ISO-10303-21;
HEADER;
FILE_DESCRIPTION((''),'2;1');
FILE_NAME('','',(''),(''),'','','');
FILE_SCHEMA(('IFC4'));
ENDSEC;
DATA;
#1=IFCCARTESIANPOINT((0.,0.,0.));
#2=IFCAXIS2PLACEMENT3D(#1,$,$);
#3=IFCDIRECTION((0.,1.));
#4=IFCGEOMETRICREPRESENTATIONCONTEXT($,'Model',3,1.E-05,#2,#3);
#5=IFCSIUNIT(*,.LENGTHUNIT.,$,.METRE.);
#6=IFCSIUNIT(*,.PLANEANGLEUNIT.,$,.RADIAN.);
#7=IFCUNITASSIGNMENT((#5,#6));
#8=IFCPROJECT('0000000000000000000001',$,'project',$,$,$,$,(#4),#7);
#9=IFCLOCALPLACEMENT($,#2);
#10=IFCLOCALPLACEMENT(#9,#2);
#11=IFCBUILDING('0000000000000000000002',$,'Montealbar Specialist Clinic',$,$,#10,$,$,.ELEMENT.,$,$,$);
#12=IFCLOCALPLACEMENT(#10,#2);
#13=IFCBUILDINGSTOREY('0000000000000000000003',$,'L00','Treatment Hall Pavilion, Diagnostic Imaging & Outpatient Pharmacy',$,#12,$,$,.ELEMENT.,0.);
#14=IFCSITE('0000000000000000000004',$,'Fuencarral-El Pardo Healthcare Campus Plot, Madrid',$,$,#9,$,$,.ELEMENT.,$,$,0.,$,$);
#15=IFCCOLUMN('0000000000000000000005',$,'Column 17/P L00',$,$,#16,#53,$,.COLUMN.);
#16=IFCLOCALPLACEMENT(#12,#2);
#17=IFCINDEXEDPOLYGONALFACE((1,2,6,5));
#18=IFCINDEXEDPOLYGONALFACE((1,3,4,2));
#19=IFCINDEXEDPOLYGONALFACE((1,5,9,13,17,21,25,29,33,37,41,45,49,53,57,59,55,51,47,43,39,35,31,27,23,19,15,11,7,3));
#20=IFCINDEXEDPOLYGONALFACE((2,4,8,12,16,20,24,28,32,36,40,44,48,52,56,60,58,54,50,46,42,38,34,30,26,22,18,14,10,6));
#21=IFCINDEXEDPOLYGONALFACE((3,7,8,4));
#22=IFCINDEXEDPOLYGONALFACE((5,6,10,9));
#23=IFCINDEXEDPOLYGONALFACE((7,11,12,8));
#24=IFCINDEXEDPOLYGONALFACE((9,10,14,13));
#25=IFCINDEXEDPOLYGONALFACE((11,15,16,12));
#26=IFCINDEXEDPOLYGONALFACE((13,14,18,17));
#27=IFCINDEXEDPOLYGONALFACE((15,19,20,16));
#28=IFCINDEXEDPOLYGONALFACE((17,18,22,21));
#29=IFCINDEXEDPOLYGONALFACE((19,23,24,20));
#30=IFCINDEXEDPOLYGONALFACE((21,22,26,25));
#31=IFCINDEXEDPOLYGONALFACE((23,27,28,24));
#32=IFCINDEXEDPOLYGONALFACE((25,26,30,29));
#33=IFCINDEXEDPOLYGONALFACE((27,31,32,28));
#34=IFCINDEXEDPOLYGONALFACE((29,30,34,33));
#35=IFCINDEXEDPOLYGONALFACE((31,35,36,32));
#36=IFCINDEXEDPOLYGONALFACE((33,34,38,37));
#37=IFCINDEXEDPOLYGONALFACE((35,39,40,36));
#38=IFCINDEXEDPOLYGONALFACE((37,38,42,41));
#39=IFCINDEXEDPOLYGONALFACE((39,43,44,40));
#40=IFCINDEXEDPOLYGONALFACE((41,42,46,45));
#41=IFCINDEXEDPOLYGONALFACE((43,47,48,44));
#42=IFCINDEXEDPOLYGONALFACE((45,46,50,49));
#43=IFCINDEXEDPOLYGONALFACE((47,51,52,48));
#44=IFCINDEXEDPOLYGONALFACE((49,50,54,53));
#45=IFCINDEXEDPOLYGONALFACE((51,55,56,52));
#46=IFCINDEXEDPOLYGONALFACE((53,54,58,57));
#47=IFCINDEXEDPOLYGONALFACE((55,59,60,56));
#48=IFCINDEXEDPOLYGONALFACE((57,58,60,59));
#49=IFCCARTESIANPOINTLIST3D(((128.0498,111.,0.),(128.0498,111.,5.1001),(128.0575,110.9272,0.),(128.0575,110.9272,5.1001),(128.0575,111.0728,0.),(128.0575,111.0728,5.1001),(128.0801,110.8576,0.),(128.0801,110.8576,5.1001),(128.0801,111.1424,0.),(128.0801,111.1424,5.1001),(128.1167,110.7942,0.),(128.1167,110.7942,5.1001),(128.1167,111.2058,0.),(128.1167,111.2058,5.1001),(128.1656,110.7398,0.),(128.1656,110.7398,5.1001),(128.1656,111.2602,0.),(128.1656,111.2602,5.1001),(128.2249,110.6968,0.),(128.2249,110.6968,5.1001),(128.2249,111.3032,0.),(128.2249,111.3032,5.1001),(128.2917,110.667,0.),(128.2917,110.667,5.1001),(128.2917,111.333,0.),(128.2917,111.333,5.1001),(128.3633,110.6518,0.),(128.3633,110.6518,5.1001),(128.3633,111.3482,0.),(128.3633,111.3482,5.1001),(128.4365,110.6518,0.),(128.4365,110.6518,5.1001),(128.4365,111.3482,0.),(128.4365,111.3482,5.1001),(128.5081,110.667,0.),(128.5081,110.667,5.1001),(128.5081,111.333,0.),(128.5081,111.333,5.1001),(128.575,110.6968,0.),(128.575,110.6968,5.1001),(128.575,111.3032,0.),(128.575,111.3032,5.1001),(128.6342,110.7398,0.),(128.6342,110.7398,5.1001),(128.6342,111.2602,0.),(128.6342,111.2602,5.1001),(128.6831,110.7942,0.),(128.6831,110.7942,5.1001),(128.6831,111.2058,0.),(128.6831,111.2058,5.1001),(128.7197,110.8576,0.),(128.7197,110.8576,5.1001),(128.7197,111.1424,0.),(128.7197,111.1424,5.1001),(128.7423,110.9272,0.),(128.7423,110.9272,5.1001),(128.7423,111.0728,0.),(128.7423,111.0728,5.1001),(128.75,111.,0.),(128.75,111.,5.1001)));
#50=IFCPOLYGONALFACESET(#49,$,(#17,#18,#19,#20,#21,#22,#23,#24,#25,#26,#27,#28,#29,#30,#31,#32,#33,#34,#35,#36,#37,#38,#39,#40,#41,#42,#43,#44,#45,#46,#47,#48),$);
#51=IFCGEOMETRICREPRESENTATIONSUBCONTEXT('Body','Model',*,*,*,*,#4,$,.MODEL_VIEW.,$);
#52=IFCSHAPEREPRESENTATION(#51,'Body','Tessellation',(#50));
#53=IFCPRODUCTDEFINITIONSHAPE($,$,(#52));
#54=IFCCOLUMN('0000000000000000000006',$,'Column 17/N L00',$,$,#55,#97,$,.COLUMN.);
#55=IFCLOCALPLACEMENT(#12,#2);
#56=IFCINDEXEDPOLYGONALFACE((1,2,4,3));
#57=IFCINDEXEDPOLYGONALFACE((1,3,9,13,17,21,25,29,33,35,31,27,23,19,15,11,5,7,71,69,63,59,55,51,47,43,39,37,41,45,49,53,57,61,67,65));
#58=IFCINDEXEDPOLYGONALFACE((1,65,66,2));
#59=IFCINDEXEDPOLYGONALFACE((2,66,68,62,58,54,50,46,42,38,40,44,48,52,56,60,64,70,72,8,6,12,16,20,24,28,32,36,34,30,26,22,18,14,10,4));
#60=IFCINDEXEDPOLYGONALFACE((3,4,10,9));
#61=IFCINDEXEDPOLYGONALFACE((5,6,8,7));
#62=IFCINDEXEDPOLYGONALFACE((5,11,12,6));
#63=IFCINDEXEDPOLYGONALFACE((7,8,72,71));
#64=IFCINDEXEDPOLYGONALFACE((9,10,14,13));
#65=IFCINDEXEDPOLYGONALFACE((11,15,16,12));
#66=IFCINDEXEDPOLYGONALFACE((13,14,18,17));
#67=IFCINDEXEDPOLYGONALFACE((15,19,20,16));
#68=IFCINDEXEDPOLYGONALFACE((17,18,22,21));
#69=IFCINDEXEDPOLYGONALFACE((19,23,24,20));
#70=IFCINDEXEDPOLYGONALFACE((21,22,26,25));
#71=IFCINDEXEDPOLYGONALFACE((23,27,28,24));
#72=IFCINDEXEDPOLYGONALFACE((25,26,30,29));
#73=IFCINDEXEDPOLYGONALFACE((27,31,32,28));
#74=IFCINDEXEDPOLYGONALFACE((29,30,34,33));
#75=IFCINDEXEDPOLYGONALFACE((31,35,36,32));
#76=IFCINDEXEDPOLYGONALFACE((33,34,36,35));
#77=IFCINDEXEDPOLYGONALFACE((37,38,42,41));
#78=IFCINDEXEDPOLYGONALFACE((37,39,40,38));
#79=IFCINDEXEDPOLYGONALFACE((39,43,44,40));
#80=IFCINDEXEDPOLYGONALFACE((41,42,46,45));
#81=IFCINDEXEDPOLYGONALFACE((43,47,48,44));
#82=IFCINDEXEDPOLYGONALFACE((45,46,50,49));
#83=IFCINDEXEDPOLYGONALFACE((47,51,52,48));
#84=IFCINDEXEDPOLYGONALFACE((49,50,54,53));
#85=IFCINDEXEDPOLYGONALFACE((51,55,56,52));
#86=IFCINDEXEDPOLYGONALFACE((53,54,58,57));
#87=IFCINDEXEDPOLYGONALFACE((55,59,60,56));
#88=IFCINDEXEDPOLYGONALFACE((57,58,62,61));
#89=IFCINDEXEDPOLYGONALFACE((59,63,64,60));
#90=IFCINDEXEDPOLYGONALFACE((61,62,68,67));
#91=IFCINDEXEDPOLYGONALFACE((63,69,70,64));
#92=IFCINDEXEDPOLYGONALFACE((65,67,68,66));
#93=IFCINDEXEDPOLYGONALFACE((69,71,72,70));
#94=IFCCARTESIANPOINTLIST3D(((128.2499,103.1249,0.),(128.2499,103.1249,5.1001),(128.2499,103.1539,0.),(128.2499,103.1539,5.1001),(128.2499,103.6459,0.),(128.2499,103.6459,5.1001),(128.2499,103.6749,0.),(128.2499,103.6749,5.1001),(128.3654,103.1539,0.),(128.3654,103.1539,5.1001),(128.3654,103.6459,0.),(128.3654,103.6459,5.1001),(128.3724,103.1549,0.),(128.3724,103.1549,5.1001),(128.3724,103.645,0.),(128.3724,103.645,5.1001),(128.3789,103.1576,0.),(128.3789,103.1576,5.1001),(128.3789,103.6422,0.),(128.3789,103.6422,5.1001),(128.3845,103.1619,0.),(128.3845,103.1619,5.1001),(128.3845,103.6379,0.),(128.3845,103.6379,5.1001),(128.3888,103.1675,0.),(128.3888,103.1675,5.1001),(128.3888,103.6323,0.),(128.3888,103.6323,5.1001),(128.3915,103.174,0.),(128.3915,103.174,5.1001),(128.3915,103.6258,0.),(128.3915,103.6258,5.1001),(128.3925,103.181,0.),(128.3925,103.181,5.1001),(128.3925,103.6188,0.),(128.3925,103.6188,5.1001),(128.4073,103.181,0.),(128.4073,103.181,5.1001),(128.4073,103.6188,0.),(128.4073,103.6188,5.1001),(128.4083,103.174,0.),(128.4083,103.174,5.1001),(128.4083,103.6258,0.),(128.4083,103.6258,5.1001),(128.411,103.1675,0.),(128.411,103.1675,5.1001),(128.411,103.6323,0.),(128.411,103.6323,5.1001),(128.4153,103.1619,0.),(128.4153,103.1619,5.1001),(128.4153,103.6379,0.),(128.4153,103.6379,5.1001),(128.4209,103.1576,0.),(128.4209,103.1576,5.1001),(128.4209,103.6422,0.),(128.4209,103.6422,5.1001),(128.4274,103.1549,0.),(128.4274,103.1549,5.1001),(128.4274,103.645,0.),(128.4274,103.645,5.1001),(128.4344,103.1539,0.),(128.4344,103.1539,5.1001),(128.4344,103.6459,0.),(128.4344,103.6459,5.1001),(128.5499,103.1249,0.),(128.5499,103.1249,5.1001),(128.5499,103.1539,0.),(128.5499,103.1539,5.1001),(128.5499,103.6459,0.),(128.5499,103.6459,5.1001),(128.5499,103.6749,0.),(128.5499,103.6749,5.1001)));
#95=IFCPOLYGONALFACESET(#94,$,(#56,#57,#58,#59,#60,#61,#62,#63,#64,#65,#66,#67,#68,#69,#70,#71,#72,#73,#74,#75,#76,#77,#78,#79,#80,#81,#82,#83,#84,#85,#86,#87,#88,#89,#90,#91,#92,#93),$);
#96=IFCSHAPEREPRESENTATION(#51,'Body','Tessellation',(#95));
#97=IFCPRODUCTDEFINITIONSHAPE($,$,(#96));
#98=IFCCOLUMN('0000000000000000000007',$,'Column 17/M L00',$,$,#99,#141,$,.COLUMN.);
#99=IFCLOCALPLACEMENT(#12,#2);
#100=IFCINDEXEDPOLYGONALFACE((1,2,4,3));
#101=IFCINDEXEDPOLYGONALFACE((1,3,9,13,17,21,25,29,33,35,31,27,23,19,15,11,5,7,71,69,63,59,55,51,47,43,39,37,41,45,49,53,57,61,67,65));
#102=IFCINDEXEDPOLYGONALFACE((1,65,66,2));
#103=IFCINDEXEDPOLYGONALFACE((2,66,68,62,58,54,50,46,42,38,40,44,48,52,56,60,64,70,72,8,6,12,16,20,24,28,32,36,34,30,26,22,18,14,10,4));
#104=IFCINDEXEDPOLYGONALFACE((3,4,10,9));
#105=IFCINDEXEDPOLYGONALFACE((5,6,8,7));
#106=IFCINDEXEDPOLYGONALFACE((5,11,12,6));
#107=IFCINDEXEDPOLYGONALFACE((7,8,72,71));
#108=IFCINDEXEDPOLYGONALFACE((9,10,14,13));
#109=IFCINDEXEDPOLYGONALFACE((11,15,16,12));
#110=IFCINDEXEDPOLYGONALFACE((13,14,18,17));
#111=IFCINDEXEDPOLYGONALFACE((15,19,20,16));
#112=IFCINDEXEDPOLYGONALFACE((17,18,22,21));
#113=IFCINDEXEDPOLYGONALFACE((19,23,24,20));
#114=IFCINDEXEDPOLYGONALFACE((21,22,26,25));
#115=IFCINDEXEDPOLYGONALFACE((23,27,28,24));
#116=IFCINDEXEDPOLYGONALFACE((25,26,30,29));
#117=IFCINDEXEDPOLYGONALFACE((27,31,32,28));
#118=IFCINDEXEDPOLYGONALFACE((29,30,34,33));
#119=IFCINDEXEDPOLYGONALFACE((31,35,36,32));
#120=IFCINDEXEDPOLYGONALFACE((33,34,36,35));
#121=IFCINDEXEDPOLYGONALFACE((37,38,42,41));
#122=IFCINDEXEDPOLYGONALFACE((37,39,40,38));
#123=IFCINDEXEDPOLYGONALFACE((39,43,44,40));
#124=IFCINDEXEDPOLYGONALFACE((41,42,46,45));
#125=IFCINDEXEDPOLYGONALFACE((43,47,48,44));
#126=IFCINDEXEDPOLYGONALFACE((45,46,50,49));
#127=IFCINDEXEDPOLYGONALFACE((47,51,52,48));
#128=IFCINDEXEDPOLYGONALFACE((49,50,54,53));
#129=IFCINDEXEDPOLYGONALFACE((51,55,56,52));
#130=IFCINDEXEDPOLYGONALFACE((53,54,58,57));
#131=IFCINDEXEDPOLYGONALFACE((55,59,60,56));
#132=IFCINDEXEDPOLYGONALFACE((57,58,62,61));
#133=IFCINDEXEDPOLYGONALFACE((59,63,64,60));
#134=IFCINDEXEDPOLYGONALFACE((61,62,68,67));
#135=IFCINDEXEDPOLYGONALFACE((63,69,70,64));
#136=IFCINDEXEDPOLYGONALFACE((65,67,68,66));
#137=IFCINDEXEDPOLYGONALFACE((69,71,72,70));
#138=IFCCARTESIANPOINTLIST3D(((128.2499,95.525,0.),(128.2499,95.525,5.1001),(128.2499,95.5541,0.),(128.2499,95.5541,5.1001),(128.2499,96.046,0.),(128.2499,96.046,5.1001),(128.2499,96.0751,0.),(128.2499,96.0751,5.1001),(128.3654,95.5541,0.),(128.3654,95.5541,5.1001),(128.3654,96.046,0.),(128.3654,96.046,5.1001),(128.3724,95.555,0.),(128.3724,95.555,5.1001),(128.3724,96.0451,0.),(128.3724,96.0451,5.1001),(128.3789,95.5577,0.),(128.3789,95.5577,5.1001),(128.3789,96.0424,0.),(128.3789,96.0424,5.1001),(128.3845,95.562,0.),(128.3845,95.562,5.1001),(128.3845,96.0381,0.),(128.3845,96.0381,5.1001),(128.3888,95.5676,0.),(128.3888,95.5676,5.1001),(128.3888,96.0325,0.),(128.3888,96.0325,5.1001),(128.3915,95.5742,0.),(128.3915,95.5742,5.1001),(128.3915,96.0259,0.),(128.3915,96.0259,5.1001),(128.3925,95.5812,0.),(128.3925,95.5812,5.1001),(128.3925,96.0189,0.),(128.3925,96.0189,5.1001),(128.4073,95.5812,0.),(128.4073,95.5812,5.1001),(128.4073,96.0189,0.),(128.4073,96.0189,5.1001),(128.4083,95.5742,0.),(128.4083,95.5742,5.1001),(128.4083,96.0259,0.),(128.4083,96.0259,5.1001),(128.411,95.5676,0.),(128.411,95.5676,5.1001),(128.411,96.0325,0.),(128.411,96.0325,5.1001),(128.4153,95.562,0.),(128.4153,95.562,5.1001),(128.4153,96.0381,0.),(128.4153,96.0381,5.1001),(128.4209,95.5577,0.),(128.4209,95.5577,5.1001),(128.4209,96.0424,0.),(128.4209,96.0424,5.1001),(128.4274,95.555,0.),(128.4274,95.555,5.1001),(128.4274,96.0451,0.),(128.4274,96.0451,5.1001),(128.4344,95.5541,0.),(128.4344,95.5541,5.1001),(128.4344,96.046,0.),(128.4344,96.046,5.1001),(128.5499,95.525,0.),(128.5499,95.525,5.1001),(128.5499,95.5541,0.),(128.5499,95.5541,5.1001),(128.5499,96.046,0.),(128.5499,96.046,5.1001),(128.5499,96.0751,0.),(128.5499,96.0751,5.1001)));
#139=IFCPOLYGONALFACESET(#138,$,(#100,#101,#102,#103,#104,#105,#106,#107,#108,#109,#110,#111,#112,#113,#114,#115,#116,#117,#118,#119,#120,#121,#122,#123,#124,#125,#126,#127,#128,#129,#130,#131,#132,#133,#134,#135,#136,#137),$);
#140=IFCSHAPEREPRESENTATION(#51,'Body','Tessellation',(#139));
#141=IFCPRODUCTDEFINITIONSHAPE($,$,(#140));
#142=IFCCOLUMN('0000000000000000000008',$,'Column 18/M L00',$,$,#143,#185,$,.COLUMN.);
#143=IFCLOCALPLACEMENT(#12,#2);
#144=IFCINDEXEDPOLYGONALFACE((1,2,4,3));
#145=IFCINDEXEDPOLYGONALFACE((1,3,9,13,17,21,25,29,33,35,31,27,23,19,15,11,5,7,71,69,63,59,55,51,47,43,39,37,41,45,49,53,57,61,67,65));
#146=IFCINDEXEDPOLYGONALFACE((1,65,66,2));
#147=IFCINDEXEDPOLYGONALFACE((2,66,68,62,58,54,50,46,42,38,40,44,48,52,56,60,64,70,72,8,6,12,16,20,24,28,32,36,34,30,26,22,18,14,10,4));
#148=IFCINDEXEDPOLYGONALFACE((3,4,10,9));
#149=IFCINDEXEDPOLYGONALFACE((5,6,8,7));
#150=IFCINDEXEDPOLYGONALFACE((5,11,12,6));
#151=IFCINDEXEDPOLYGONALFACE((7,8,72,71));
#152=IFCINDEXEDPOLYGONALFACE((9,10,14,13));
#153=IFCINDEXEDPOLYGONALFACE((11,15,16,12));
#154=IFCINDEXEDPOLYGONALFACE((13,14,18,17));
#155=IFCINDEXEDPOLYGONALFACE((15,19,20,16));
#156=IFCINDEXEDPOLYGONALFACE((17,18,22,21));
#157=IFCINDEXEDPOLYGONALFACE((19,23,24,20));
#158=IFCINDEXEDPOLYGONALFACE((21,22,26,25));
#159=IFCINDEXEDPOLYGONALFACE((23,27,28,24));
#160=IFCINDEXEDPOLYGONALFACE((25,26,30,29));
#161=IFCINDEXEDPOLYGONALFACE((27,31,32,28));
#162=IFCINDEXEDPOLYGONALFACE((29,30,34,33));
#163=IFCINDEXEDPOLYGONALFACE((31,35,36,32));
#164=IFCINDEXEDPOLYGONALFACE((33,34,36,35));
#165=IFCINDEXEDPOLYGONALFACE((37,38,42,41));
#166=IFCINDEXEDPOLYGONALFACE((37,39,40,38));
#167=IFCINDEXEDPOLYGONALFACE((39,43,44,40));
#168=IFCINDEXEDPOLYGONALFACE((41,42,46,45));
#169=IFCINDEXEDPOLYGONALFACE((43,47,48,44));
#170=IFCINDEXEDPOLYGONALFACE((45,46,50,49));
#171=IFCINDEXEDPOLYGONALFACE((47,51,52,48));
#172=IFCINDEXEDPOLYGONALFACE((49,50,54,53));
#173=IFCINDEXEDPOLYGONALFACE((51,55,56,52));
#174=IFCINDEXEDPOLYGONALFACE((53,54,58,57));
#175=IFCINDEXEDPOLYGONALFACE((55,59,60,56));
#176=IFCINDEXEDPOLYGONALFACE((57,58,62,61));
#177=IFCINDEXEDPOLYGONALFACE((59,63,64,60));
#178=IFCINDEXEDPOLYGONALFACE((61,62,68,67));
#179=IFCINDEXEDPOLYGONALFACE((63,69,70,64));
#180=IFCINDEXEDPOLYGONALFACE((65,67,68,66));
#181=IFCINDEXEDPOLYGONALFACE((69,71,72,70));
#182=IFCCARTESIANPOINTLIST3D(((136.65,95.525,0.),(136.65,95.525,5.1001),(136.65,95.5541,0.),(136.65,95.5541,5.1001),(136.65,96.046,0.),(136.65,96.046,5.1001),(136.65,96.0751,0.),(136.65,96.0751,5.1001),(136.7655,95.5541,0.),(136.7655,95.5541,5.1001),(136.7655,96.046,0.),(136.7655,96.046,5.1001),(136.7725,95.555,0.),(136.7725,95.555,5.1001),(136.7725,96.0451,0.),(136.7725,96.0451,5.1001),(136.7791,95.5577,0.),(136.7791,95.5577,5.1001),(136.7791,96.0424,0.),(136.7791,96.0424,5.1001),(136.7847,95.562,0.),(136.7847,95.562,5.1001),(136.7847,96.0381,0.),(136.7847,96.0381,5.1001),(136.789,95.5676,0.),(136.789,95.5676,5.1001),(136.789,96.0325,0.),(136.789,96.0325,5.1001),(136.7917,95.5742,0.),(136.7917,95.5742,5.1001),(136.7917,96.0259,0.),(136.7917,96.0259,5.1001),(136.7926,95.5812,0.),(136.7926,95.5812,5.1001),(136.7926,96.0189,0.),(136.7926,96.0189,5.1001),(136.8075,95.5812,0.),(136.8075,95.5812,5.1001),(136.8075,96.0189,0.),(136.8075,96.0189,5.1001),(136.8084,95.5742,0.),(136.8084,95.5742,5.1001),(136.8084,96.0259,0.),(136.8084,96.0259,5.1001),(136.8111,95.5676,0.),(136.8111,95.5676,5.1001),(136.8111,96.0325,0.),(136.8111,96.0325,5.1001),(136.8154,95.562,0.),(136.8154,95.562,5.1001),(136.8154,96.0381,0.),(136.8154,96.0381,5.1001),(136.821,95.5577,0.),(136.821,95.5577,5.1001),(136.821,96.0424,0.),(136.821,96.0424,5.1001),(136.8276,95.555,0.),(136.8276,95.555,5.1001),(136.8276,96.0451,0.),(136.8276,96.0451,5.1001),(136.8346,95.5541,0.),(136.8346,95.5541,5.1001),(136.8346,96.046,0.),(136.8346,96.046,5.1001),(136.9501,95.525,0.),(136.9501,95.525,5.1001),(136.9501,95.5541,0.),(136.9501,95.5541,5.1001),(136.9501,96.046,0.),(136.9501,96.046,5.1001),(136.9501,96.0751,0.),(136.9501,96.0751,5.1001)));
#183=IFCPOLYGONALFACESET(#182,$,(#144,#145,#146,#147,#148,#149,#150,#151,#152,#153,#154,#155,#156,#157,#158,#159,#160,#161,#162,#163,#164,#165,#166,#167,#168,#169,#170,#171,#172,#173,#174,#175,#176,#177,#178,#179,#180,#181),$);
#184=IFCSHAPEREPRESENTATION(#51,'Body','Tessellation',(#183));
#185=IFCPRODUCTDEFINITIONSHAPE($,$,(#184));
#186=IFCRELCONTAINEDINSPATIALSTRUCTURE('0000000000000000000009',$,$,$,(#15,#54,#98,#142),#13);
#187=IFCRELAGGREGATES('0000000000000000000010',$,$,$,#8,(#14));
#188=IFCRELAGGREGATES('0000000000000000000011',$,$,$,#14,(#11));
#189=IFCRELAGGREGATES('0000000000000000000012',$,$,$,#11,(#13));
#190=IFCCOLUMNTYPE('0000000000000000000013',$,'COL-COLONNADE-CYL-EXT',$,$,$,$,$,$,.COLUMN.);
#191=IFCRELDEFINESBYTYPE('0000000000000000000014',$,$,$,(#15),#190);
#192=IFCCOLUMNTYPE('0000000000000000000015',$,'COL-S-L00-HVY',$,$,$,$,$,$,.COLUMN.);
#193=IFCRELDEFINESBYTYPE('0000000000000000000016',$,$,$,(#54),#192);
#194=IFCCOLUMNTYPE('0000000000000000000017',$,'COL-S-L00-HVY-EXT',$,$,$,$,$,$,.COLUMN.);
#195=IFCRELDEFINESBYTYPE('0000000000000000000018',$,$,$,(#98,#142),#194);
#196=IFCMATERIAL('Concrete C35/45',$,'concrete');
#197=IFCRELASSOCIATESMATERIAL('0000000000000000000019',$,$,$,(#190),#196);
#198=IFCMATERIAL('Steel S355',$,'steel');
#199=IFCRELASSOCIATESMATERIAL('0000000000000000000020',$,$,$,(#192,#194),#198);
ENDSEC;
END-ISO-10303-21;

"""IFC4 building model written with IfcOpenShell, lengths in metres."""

from ifc_helpers import new_model, si_unit, direction, frame, origin, origin_2d, place, context, subcontext, project, spatial, circle, i_section, extrude, material, material_profile, profile_set, type_object, element, save


model = new_model("IFC4")

# Units and contexts
model_context = context("Model", 3, precision=1e-05, world=origin(), true_north=direction((0.0, 1.0)))
body_context = subcontext(model_context, "Body", "Model", "MODEL_VIEW")
ifc_project = project(units=[si_unit("LENGTHUNIT", "METRE"), si_unit("PLANEANGLEUNIT", "RADIAN")], contexts=[model_context])

# Site, building, storey
site_placement = place(None, origin())
site = spatial("IfcSite", under=ifc_project, at=site_placement, Name="Fuencarral-El Pardo Healthcare Campus Plot, Madrid", CompositionType="ELEMENT", RefElevation=0.0)
building_placement = place(site_placement, origin())
building = spatial("IfcBuilding", under=site, at=building_placement, Name="Montealbar Specialist Clinic", CompositionType="ELEMENT")
storey_placement = place(building_placement, origin())
storey = spatial("IfcBuildingStorey", under=building, at=storey_placement, Name="L00", Description="Treatment Hall Pavilion, Diagnostic Imaging & Outpatient Pharmacy", CompositionType="ELEMENT", Elevation=0.0)

# Columns
ifc_material_1 = material(Name="Concrete C35/45", Category="concrete")
ifc_material_profile_1 = material_profile(ifc_material_1, circle(Radius=0.3501, at=origin_2d()), Name="RC D700", Category="concrete")
ifc_profile_set_1 = profile_set([ifc_material_profile_1], Name="Concrete C35/45")
column_type_1 = type_object("IfcColumnType", Name="COL-COLONNADE-CYL-EXT", PredefinedType="COLUMN", material=ifc_profile_set_1)
column_1_placement = place(storey_placement, frame((128.3999, 111.0, 0.0), z_axis=(0.0, 0.0, 1.0), x_axis=(1.0, 0.0, 0.0)))
element("IfcColumn", 1, at=column_1_placement, inside=storey, type_object=column_type_1, Name="Column 17/P L00", PredefinedType="COLUMN", context=body_context, shape_type="SweptSolid", body=[
    extrude(circle(Radius=0.3501, at=origin_2d()), origin(), (0.0, 0.0, 1.0), 5.1001),
])
ifc_material_2 = material(Name="Steel S355", Category="steel")
ifc_material_profile_2 = material_profile(ifc_material_2, i_section(OverallWidth=0.3, OverallDepth=0.55, WebThickness=0.0149, FlangeThickness=0.0291, FilletRadius=0.0271, at=origin_2d()), Name="HEB 550", Category="steel")
ifc_profile_set_2 = profile_set([ifc_material_profile_2], Name="Steel S355")
column_type_2 = type_object("IfcColumnType", Name="COL-S-L00-HVY", PredefinedType="COLUMN", material=ifc_profile_set_2)
column_2_placement = place(storey_placement, frame((128.3999, 103.3999, 0.0), z_axis=(0.0, 0.0, 1.0), x_axis=(1.0, 0.0, 0.0)))
element("IfcColumn", 2, at=column_2_placement, inside=storey, type_object=column_type_2, Name="Column 17/N L00", PredefinedType="COLUMN", context=body_context, shape_type="SweptSolid", body=[
    extrude(i_section(OverallWidth=0.3, OverallDepth=0.55, WebThickness=0.0149, FlangeThickness=0.0291, FilletRadius=0.0271, at=origin_2d()), origin(), (0.0, 0.0, 1.0), 5.1001),
])
ifc_material_profile_3 = material_profile(ifc_material_2, i_section(OverallWidth=0.3, OverallDepth=0.55, WebThickness=0.0149, FlangeThickness=0.0291, FilletRadius=0.0271, at=origin_2d()), Name="HEB 550", Category="steel")
ifc_profile_set_3 = profile_set([ifc_material_profile_3], Name="Steel S355")
column_type_3 = type_object("IfcColumnType", Name="COL-S-L00-HVY-EXT", PredefinedType="COLUMN", material=ifc_profile_set_3)
for number, where, z_axis, x_axis, name in (
    (3, (128.3999, 95.8, 0.0), (0.0, 0.0, 1.0), (1.0, 0.0, 0.0), "Column 17/M L00"),
    (4, (136.8, 95.8, 0.0), (0.0, 0.0, 1.0), (1.0, 0.0, 0.0), "Column 18/M L00"),
):
    element("IfcColumn", number, at=place(storey_placement, frame(where, z_axis=z_axis, x_axis=x_axis)), inside=storey, type_object=column_type_3, Name=name, PredefinedType="COLUMN", context=body_context, shape_type="SweptSolid", body=[
        extrude(i_section(OverallWidth=0.3, OverallDepth=0.55, WebThickness=0.0149, FlangeThickness=0.0291, FilletRadius=0.0271, at=origin_2d()), origin(), (0.0, 0.0, 1.0), 5.1001),
    ])

save(model, "model.ifc")
